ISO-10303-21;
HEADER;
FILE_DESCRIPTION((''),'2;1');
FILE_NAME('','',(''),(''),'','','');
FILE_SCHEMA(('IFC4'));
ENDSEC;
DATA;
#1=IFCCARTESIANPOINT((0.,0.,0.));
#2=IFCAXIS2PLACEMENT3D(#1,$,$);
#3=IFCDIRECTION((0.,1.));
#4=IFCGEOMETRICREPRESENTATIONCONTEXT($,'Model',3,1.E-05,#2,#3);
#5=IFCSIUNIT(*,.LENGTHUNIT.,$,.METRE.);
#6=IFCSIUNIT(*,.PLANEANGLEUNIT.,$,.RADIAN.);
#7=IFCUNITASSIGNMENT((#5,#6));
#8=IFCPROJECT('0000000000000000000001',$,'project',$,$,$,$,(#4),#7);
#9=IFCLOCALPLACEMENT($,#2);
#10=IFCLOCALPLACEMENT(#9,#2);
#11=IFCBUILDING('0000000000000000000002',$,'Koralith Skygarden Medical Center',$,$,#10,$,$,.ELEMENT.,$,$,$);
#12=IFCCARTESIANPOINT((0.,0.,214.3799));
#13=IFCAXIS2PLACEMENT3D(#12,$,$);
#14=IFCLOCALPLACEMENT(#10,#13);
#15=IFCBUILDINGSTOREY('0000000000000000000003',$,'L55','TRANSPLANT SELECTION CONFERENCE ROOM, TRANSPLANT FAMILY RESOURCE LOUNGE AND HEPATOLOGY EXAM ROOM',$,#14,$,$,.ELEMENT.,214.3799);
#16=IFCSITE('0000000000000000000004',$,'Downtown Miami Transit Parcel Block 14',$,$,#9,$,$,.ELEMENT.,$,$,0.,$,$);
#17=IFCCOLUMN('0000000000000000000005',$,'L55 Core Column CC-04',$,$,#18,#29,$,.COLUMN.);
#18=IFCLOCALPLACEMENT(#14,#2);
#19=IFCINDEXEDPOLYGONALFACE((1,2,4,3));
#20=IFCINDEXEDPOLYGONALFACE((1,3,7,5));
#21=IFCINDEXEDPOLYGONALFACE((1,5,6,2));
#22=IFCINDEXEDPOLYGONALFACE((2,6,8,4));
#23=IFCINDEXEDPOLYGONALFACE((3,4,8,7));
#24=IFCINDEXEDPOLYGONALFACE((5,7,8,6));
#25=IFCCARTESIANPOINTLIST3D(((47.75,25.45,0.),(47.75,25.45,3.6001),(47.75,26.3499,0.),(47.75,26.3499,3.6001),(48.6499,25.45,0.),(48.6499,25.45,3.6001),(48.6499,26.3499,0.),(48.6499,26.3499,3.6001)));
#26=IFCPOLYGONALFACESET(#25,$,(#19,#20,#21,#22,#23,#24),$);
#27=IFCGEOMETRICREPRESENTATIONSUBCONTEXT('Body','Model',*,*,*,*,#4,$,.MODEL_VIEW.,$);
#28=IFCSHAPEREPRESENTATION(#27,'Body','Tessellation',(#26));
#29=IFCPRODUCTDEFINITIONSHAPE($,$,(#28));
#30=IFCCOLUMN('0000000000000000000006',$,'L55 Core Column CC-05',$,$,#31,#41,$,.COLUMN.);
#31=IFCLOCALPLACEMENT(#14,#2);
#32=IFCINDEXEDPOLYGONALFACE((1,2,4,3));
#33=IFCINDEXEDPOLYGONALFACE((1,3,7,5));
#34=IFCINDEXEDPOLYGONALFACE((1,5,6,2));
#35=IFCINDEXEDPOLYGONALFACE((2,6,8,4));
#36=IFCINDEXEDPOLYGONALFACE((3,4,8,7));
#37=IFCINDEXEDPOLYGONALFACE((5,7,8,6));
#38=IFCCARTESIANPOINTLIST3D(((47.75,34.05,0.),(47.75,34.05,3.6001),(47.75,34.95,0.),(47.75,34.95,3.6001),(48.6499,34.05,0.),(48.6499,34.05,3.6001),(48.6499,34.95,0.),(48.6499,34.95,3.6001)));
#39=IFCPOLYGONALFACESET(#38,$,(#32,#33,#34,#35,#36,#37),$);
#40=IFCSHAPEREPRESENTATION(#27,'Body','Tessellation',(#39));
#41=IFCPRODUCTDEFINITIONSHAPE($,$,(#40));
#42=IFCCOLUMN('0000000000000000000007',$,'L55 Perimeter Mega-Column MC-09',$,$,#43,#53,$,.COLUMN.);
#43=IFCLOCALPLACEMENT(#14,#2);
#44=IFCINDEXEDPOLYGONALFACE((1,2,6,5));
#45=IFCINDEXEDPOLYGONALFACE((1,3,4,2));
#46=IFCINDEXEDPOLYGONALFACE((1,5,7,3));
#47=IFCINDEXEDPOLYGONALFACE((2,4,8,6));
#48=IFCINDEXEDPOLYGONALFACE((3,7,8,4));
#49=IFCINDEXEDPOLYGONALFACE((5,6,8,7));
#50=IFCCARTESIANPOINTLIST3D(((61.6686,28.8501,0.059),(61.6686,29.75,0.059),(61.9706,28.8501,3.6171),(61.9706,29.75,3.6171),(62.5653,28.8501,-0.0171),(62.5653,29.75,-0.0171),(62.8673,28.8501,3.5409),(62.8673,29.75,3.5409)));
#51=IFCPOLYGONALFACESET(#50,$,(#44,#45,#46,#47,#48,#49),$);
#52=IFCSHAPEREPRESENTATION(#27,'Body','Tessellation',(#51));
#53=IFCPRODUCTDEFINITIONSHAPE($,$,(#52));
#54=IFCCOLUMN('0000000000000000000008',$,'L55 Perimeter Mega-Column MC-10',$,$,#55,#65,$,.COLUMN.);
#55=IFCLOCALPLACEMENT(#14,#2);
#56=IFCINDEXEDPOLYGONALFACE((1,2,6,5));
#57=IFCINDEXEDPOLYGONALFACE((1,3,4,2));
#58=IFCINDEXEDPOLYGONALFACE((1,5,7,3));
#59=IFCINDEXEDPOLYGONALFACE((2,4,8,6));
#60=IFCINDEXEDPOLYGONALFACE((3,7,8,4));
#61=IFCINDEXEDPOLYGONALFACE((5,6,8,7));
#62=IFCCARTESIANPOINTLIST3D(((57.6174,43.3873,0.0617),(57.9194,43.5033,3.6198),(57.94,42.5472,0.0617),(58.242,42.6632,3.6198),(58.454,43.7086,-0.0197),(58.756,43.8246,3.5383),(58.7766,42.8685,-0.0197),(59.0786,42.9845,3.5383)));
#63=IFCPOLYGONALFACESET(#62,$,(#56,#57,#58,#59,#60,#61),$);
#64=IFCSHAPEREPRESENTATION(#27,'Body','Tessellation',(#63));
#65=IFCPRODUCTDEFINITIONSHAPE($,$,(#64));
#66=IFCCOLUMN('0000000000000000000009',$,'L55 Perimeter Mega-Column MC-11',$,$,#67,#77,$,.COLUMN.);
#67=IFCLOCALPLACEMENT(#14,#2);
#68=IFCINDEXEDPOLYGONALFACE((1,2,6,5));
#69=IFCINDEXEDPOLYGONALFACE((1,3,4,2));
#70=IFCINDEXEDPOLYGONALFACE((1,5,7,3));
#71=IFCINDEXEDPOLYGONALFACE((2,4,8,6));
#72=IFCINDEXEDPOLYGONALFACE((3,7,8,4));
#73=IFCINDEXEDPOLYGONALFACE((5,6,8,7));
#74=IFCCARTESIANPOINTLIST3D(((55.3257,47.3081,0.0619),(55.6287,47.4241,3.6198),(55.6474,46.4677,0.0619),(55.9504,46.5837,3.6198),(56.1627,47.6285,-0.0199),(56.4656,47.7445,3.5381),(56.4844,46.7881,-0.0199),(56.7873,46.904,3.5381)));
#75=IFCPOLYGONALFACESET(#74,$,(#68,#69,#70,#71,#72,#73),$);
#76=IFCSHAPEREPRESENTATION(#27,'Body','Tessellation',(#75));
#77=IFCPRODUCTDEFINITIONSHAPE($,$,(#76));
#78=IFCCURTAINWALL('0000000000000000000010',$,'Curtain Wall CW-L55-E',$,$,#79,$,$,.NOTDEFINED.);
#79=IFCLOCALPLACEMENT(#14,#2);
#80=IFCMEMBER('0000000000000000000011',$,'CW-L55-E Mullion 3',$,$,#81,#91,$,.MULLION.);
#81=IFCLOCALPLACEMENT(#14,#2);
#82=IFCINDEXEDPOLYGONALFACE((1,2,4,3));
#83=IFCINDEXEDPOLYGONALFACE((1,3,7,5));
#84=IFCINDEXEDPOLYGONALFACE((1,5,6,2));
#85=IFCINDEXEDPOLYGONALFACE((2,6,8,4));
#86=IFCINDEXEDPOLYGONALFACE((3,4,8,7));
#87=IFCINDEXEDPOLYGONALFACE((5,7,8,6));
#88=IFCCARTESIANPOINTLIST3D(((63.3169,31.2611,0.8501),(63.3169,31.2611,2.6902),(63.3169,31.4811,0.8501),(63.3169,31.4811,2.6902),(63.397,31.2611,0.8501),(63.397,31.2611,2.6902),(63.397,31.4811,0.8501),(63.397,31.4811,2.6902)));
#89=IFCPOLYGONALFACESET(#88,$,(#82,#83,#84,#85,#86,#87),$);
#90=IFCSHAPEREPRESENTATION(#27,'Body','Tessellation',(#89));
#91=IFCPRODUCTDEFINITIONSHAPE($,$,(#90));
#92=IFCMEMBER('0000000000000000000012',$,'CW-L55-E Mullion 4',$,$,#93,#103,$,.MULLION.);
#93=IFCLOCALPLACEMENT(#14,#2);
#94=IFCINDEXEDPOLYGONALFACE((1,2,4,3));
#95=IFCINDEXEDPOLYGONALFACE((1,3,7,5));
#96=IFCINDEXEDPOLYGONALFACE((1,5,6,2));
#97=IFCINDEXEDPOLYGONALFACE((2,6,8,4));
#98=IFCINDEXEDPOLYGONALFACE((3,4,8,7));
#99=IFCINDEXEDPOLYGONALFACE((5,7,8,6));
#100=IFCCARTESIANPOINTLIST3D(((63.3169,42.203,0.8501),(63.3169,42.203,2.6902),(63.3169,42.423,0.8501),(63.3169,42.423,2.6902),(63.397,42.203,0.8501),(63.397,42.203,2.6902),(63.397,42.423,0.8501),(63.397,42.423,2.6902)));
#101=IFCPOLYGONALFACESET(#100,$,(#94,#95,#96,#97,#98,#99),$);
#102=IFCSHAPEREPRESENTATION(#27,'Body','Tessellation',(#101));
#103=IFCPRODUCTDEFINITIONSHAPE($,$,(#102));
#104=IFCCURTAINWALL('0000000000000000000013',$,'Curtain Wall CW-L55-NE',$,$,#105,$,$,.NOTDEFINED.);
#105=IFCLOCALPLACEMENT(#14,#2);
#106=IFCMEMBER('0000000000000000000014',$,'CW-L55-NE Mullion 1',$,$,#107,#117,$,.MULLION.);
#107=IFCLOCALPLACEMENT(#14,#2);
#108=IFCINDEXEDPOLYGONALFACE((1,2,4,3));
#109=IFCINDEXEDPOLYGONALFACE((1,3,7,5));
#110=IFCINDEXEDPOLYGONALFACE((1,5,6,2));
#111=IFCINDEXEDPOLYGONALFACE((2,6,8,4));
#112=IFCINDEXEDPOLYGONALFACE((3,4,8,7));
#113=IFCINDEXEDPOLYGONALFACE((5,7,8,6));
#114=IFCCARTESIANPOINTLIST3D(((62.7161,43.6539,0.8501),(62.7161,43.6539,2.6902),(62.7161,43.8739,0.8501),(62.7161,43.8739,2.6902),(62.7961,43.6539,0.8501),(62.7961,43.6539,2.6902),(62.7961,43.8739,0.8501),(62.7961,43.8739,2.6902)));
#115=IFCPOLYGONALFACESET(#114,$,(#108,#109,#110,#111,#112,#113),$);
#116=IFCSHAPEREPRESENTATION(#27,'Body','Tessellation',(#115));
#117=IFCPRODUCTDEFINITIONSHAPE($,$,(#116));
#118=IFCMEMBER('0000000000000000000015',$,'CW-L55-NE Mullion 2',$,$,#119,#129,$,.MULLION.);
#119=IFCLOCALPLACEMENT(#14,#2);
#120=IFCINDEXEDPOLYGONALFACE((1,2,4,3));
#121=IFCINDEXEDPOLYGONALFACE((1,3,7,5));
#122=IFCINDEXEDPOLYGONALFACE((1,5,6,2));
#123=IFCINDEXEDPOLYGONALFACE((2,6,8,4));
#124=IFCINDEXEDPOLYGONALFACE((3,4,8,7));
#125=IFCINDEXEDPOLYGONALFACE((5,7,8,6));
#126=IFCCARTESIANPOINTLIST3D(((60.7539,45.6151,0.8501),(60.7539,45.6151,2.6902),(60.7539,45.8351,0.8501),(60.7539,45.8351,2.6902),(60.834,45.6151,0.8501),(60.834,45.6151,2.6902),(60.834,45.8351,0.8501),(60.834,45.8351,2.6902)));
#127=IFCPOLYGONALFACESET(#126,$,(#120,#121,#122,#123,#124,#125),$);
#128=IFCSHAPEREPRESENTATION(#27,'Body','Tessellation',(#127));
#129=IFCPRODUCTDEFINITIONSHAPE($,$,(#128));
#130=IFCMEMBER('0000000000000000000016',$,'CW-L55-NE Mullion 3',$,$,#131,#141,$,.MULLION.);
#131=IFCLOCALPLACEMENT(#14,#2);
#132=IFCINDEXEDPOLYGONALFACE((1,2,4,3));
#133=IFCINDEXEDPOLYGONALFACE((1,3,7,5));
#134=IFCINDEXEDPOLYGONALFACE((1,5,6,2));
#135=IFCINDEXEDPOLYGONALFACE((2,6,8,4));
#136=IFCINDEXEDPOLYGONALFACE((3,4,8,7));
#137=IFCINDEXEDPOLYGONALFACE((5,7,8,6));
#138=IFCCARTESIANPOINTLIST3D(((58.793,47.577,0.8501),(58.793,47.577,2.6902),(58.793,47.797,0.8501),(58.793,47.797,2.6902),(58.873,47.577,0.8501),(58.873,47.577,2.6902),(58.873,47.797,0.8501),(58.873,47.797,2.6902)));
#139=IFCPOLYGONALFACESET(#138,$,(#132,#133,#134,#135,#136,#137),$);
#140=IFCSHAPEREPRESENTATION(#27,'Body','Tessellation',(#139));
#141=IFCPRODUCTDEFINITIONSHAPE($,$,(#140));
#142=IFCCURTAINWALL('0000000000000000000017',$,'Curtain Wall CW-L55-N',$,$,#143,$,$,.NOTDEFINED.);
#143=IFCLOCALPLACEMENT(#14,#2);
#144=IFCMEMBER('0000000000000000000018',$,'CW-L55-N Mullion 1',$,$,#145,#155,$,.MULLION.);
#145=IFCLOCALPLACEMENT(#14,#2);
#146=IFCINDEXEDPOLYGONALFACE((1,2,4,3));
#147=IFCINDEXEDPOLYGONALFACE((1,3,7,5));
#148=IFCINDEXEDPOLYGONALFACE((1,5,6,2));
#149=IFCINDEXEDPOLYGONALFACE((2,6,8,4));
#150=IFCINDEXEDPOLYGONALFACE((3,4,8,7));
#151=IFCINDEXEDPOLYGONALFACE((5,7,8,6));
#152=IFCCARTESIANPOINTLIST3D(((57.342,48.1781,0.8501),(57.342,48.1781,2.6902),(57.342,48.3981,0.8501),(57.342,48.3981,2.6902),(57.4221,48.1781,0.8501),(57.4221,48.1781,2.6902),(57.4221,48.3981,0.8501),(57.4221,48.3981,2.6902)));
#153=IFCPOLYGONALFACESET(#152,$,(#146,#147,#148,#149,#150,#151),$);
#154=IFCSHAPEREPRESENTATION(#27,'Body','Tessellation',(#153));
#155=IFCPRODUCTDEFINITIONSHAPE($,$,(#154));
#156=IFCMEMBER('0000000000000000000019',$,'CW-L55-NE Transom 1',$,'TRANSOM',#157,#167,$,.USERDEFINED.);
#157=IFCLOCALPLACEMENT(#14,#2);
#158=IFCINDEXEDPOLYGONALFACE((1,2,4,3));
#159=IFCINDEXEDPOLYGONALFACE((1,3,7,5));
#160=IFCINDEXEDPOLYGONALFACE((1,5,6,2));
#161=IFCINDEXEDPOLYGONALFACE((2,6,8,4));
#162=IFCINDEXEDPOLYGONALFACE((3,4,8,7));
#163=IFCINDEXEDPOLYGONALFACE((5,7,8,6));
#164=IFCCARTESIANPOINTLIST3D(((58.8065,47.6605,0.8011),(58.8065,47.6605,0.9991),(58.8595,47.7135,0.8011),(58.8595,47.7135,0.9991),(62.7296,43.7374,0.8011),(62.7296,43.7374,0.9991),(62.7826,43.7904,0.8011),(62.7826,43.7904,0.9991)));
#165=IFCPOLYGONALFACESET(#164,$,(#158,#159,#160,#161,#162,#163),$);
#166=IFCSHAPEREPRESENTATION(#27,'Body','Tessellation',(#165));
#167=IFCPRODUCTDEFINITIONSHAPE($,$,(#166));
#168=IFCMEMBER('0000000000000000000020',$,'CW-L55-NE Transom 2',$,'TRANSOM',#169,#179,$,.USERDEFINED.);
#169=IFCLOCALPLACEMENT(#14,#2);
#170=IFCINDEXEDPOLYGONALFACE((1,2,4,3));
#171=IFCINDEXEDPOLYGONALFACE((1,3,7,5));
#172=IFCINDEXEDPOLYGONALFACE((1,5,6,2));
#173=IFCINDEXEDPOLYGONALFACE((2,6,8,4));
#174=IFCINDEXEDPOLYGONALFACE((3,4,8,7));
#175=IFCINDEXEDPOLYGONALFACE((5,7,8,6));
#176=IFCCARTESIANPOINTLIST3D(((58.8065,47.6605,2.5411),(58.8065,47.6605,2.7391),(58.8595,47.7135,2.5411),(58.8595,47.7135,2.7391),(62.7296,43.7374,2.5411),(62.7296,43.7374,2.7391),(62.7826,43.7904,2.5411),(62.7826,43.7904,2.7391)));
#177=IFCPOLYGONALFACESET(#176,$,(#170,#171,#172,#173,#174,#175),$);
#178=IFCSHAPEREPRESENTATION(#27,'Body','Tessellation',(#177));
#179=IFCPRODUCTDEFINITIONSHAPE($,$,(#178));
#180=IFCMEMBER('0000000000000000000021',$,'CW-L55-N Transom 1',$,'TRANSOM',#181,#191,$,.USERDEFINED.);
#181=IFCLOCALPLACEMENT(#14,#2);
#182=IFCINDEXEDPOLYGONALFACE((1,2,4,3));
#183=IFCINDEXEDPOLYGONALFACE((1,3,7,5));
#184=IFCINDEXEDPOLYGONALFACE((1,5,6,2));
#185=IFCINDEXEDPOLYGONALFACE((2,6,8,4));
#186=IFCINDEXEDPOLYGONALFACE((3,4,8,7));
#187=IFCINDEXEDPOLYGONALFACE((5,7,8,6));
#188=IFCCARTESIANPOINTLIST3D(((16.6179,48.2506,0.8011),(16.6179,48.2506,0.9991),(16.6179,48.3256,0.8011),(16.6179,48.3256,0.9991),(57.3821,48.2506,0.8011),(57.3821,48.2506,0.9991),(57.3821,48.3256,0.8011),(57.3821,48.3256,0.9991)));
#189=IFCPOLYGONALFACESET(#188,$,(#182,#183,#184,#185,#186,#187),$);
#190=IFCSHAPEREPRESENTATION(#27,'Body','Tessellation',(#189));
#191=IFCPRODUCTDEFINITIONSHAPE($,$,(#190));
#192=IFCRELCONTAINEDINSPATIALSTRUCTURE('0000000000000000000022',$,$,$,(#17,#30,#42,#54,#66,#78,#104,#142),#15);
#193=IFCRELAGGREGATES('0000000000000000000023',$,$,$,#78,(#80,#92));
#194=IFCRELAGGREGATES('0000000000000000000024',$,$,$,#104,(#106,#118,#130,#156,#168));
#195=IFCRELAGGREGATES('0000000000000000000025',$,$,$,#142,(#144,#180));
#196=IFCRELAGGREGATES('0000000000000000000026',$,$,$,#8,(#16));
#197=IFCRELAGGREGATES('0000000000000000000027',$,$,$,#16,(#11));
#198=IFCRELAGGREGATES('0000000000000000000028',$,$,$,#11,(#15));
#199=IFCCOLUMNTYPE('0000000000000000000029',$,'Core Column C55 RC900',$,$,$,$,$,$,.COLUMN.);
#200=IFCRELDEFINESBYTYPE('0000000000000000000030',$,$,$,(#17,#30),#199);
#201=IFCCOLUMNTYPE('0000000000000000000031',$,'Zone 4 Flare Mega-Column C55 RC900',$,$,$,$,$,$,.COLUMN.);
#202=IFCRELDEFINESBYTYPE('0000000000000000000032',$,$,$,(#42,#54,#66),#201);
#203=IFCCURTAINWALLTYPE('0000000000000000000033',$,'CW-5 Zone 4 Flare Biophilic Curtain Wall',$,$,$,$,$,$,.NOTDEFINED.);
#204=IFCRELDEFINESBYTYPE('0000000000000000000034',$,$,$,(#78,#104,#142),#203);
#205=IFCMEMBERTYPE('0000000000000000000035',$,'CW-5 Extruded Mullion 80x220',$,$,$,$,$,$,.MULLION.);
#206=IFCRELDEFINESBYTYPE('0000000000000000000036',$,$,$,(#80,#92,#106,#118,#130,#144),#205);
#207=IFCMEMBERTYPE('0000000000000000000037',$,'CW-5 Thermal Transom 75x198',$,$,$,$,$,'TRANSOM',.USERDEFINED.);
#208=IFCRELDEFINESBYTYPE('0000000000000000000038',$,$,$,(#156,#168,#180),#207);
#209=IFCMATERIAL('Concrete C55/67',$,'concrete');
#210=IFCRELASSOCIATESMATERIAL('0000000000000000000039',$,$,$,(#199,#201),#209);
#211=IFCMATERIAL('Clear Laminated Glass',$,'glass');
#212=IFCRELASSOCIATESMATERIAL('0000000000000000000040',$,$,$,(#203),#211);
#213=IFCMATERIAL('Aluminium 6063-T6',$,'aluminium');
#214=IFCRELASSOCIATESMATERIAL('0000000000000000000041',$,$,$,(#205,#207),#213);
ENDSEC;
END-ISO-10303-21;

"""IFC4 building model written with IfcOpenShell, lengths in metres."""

from ifc_helpers import new_model, si_unit, direction, frame, origin, origin_2d, place, context, subcontext, project, spatial, rectangle, extrude, material, material_profile, profile_set, type_object, element, aggregate, save


model = new_model("IFC4")

# Units and contexts
model_context = context("Model", 3, precision=1e-05, world=origin(), true_north=direction((0.0, 1.0)))
body_context = subcontext(model_context, "Body", "Model", "MODEL_VIEW")
ifc_project = project(units=[si_unit("LENGTHUNIT", "METRE"), si_unit("PLANEANGLEUNIT", "RADIAN")], contexts=[model_context])

# Site, building, storey
site_placement = place(None, origin())
site = spatial("IfcSite", under=ifc_project, at=site_placement, Name="Downtown Miami Transit Parcel Block 14", CompositionType="ELEMENT", RefElevation=0.0)
building_placement = place(site_placement, origin())
building = spatial("IfcBuilding", under=site, at=building_placement, Name="Koralith Skygarden Medical Center", CompositionType="ELEMENT")
storey_placement = place(building_placement, frame((0.0, 0.0, 214.3799)))
storey = spatial("IfcBuildingStorey", under=building, at=storey_placement, Name="L55", Description="TRANSPLANT SELECTION CONFERENCE ROOM, TRANSPLANT FAMILY RESOURCE LOUNGE AND HEPATOLOGY EXAM ROOM", CompositionType="ELEMENT", Elevation=214.3799)

# Columns
ifc_material_1 = material(Name="Concrete C55/67", Category="concrete")
ifc_material_profile_1 = material_profile(ifc_material_1, rectangle(XDim=0.8999, YDim=0.8999, at=origin_2d()), Name="RC900X900")
ifc_profile_set_1 = profile_set([ifc_material_profile_1], Name="Concrete C55/67")
column_type_1 = type_object("IfcColumnType", Name="Core Column C55 RC900", PredefinedType="COLUMN", material=ifc_profile_set_1)
for number, where, z_axis, x_axis, name in (
    (1, (48.2, 25.8999, 0.0), (0.0, 0.0, 1.0), (1.0, 0.0, 0.0), "L55 Core Column CC-04"),
    (2, (48.2, 34.5, 0.0), (0.0, 0.0, 1.0), (1.0, 0.0, 0.0), "L55 Core Column CC-05"),
):
    element("IfcColumn", number, at=place(storey_placement, frame(where, z_axis=z_axis, x_axis=x_axis)), inside=storey, type_object=column_type_1, Name=name, PredefinedType="COLUMN", context=body_context, shape_type="SweptSolid", body=[
        extrude(rectangle(XDim=0.8999, YDim=0.8999, at=origin_2d()), origin(), (0.0, 0.0, 1.0), 3.6001),
    ])
ifc_material_profile_2 = material_profile(ifc_material_1, rectangle(XDim=0.8999, YDim=0.8999, at=origin_2d()), Name="RC900X900")
ifc_profile_set_2 = profile_set([ifc_material_profile_2], Name="Concrete C55/67")
column_type_2 = type_object("IfcColumnType", Name="Zone 4 Flare Mega-Column C55 RC900", PredefinedType="COLUMN", material=ifc_profile_set_2)
column_placement = place(storey_placement, frame((62.1169, 29.3, 0.021), z_axis=(0.084573, 0.0, 0.996417), x_axis=(0.0, 1.0, 0.0)))
element("IfcColumn", 3, at=column_placement, inside=storey, type_object=column_type_2, Name="L55 Perimeter Mega-Column MC-09", PredefinedType="COLUMN", context=body_context, shape_type="SweptSolid", body=[
    extrude(rectangle(XDim=0.8999, YDim=0.8999, at=origin_2d()), origin(), (0.0, 0.0, 1.0), 3.5708),
])
for number, where, z_axis, x_axis, name in (
    (4, (58.197, 43.1279, 0.021), (0.084529, 0.032458, 0.995892), (-0.358473, 0.93354, 0.0), "L55 Perimeter Mega-Column MC-10"),
    (5, (55.905, 47.0481, 0.021), (0.0848, 0.032458, 0.995869), (-0.357466, 0.933926, 0.0), "L55 Perimeter Mega-Column MC-11"),
):
    element("IfcColumn", number, at=place(storey_placement, frame(where, z_axis=z_axis, x_axis=x_axis)), inside=storey, type_object=column_type_2, Name=name, PredefinedType="COLUMN", context=body_context, shape_type="SweptSolid", body=[
        extrude(rectangle(XDim=0.8999, YDim=0.8999, at=origin_2d()), origin(), (0.0, 0.0, 1.0), 3.5728),
    ])

# Curtain walls, members
ifc_material_2 = material(Name="Clear Laminated Glass", Category="glass")
curtain_wall_type = type_object("IfcCurtainWallType", Name="CW-5 Zone 4 Flare Biophilic Curtain Wall", PredefinedType="NOTDEFINED", material=ifc_material_2)
curtain_wall_1_placement = place(storey_placement, origin())
curtain_wall_1 = element("IfcCurtainWall", 6, at=curtain_wall_1_placement, inside=storey, type_object=curtain_wall_type, Name="Curtain Wall CW-L55-E", PredefinedType="NOTDEFINED")
ifc_material_3 = material(Name="Aluminium 6063-T6", Category="aluminium")
ifc_material_profile_3 = material_profile(ifc_material_3, rectangle(XDim=0.0801, YDim=0.22, at=origin_2d()), Name="MUL80X220")
ifc_profile_set_3 = profile_set([ifc_material_profile_3], Name="Aluminium 6063-T6")
member_type_1 = type_object("IfcMemberType", Name="CW-5 Extruded Mullion 80x220", PredefinedType="MULLION", material=ifc_profile_set_3)
member_1_placement = place(storey_placement, frame((63.3569, 31.3711, 0.8501), z_axis=(0.0, 0.0, 1.0), x_axis=(1.0, 0.0, 0.0)))
member_1 = element("IfcMember", 7, at=member_1_placement, type_object=member_type_1, Name="CW-L55-E Mullion 3", PredefinedType="MULLION", context=body_context, shape_type="SweptSolid", body=[
    extrude(rectangle(XDim=0.0801, YDim=0.22, at=origin_2d()), origin(), (0.0, 0.0, 1.0), 1.8401),
])
member_2_placement = place(storey_placement, frame((63.3569, 42.313, 0.8501), z_axis=(0.0, 0.0, 1.0), x_axis=(1.0, 0.0, 0.0)))
member_2 = element("IfcMember", 8, at=member_2_placement, type_object=member_type_1, Name="CW-L55-E Mullion 4", PredefinedType="MULLION", context=body_context, shape_type="SweptSolid", body=[
    extrude(rectangle(XDim=0.0801, YDim=0.22, at=origin_2d()), origin(), (0.0, 0.0, 1.0), 1.8401),
])
curtain_wall_2_placement = place(storey_placement, origin())
curtain_wall_2 = element("IfcCurtainWall", 9, at=curtain_wall_2_placement, inside=storey, type_object=curtain_wall_type, Name="Curtain Wall CW-L55-NE", PredefinedType="NOTDEFINED")
member_3_placement = place(storey_placement, frame((62.7561, 43.7639, 0.8501), z_axis=(0.0, 0.0, 1.0), x_axis=(1.0, 0.0, 0.0)))
member_3 = element("IfcMember", 10, at=member_3_placement, type_object=member_type_1, Name="CW-L55-NE Mullion 1", PredefinedType="MULLION", context=body_context, shape_type="SweptSolid", body=[
    extrude(rectangle(XDim=0.0801, YDim=0.22, at=origin_2d()), origin(), (0.0, 0.0, 1.0), 1.8401),
])
member_4_placement = place(storey_placement, frame((60.7939, 45.7251, 0.8501), z_axis=(0.0, 0.0, 1.0), x_axis=(1.0, 0.0, 0.0)))
member_4 = element("IfcMember", 11, at=member_4_placement, type_object=member_type_1, Name="CW-L55-NE Mullion 2", PredefinedType="MULLION", context=body_context, shape_type="SweptSolid", body=[
    extrude(rectangle(XDim=0.0801, YDim=0.22, at=origin_2d()), origin(), (0.0, 0.0, 1.0), 1.8401),
])
member_5_placement = place(storey_placement, frame((58.833, 47.687, 0.8501), z_axis=(0.0, 0.0, 1.0), x_axis=(1.0, 0.0, 0.0)))
member_5 = element("IfcMember", 12, at=member_5_placement, type_object=member_type_1, Name="CW-L55-NE Mullion 3", PredefinedType="MULLION", context=body_context, shape_type="SweptSolid", body=[
    extrude(rectangle(XDim=0.0801, YDim=0.22, at=origin_2d()), origin(), (0.0, 0.0, 1.0), 1.8401),
])

# Curtain wall, member
curtain_wall_3_placement = place(storey_placement, origin())
curtain_wall_3 = element("IfcCurtainWall", 13, at=curtain_wall_3_placement, inside=storey, type_object=curtain_wall_type, Name="Curtain Wall CW-L55-N", PredefinedType="NOTDEFINED")
member_6_placement = place(storey_placement, frame((57.3821, 48.2881, 0.8501), z_axis=(0.0, 0.0, 1.0), x_axis=(1.0, 0.0, 0.0)))
member_6 = element("IfcMember", 14, at=member_6_placement, type_object=member_type_1, Name="CW-L55-N Mullion 1", PredefinedType="MULLION", context=body_context, shape_type="SweptSolid", body=[
    extrude(rectangle(XDim=0.0801, YDim=0.22, at=origin_2d()), origin(), (0.0, 0.0, 1.0), 1.8401),
])

# Members
ifc_material_profile_4 = material_profile(ifc_material_3, rectangle(XDim=0.075, YDim=0.198, at=origin_2d()), Name="TRN75X198")
ifc_profile_set_4 = profile_set([ifc_material_profile_4], Name="Aluminium 6063-T6")
member_type_2 = type_object("IfcMemberType", Name="CW-5 Thermal Transom 75x198", ElementType="TRANSOM", PredefinedType="USERDEFINED", material=ifc_profile_set_4)
member_7_placement = place(storey_placement, frame((62.7561, 43.7639, 0.9001), z_axis=(-0.707107, 0.707107, 0.0), x_axis=(-0.707107, -0.707107, 0.0)))
member_7 = element("IfcMember", 15, at=member_7_placement, type_object=member_type_2, Name="CW-L55-NE Transom 1", ObjectType="TRANSOM", PredefinedType="USERDEFINED", context=body_context, shape_type="SweptSolid", body=[
    extrude(rectangle(XDim=0.075, YDim=0.198, at=origin_2d()), origin(), (0.0, 0.0, 1.0), 5.5481),
])
member_8_placement = place(storey_placement, frame((62.7561, 43.7639, 2.6401), z_axis=(-0.707107, 0.707107, 0.0), x_axis=(-0.707107, -0.707107, 0.0)))
member_8 = element("IfcMember", 16, at=member_8_placement, type_object=member_type_2, Name="CW-L55-NE Transom 2", ObjectType="TRANSOM", PredefinedType="USERDEFINED", context=body_context, shape_type="SweptSolid", body=[
    extrude(rectangle(XDim=0.075, YDim=0.198, at=origin_2d()), origin(), (0.0, 0.0, 1.0), 5.5481),
])
member_9_placement = place(storey_placement, frame((57.3821, 48.2881, 0.9001), z_axis=(-1.0, 0.0, 0.0), x_axis=(0.0, -1.0, 0.0)))
member_9 = element("IfcMember", 17, at=member_9_placement, type_object=member_type_2, Name="CW-L55-N Transom 1", ObjectType="TRANSOM", PredefinedType="USERDEFINED", context=body_context, shape_type="SweptSolid", body=[
    extrude(rectangle(XDim=0.075, YDim=0.198, at=origin_2d()), origin(), (0.0, 0.0, 1.0), 40.7642),
])

aggregate(curtain_wall_1, [member_1, member_2])
aggregate(curtain_wall_2, [member_3, member_4, member_5, member_7, member_8])
aggregate(curtain_wall_3, [member_6, member_9])

save(model, "model.ifc")
